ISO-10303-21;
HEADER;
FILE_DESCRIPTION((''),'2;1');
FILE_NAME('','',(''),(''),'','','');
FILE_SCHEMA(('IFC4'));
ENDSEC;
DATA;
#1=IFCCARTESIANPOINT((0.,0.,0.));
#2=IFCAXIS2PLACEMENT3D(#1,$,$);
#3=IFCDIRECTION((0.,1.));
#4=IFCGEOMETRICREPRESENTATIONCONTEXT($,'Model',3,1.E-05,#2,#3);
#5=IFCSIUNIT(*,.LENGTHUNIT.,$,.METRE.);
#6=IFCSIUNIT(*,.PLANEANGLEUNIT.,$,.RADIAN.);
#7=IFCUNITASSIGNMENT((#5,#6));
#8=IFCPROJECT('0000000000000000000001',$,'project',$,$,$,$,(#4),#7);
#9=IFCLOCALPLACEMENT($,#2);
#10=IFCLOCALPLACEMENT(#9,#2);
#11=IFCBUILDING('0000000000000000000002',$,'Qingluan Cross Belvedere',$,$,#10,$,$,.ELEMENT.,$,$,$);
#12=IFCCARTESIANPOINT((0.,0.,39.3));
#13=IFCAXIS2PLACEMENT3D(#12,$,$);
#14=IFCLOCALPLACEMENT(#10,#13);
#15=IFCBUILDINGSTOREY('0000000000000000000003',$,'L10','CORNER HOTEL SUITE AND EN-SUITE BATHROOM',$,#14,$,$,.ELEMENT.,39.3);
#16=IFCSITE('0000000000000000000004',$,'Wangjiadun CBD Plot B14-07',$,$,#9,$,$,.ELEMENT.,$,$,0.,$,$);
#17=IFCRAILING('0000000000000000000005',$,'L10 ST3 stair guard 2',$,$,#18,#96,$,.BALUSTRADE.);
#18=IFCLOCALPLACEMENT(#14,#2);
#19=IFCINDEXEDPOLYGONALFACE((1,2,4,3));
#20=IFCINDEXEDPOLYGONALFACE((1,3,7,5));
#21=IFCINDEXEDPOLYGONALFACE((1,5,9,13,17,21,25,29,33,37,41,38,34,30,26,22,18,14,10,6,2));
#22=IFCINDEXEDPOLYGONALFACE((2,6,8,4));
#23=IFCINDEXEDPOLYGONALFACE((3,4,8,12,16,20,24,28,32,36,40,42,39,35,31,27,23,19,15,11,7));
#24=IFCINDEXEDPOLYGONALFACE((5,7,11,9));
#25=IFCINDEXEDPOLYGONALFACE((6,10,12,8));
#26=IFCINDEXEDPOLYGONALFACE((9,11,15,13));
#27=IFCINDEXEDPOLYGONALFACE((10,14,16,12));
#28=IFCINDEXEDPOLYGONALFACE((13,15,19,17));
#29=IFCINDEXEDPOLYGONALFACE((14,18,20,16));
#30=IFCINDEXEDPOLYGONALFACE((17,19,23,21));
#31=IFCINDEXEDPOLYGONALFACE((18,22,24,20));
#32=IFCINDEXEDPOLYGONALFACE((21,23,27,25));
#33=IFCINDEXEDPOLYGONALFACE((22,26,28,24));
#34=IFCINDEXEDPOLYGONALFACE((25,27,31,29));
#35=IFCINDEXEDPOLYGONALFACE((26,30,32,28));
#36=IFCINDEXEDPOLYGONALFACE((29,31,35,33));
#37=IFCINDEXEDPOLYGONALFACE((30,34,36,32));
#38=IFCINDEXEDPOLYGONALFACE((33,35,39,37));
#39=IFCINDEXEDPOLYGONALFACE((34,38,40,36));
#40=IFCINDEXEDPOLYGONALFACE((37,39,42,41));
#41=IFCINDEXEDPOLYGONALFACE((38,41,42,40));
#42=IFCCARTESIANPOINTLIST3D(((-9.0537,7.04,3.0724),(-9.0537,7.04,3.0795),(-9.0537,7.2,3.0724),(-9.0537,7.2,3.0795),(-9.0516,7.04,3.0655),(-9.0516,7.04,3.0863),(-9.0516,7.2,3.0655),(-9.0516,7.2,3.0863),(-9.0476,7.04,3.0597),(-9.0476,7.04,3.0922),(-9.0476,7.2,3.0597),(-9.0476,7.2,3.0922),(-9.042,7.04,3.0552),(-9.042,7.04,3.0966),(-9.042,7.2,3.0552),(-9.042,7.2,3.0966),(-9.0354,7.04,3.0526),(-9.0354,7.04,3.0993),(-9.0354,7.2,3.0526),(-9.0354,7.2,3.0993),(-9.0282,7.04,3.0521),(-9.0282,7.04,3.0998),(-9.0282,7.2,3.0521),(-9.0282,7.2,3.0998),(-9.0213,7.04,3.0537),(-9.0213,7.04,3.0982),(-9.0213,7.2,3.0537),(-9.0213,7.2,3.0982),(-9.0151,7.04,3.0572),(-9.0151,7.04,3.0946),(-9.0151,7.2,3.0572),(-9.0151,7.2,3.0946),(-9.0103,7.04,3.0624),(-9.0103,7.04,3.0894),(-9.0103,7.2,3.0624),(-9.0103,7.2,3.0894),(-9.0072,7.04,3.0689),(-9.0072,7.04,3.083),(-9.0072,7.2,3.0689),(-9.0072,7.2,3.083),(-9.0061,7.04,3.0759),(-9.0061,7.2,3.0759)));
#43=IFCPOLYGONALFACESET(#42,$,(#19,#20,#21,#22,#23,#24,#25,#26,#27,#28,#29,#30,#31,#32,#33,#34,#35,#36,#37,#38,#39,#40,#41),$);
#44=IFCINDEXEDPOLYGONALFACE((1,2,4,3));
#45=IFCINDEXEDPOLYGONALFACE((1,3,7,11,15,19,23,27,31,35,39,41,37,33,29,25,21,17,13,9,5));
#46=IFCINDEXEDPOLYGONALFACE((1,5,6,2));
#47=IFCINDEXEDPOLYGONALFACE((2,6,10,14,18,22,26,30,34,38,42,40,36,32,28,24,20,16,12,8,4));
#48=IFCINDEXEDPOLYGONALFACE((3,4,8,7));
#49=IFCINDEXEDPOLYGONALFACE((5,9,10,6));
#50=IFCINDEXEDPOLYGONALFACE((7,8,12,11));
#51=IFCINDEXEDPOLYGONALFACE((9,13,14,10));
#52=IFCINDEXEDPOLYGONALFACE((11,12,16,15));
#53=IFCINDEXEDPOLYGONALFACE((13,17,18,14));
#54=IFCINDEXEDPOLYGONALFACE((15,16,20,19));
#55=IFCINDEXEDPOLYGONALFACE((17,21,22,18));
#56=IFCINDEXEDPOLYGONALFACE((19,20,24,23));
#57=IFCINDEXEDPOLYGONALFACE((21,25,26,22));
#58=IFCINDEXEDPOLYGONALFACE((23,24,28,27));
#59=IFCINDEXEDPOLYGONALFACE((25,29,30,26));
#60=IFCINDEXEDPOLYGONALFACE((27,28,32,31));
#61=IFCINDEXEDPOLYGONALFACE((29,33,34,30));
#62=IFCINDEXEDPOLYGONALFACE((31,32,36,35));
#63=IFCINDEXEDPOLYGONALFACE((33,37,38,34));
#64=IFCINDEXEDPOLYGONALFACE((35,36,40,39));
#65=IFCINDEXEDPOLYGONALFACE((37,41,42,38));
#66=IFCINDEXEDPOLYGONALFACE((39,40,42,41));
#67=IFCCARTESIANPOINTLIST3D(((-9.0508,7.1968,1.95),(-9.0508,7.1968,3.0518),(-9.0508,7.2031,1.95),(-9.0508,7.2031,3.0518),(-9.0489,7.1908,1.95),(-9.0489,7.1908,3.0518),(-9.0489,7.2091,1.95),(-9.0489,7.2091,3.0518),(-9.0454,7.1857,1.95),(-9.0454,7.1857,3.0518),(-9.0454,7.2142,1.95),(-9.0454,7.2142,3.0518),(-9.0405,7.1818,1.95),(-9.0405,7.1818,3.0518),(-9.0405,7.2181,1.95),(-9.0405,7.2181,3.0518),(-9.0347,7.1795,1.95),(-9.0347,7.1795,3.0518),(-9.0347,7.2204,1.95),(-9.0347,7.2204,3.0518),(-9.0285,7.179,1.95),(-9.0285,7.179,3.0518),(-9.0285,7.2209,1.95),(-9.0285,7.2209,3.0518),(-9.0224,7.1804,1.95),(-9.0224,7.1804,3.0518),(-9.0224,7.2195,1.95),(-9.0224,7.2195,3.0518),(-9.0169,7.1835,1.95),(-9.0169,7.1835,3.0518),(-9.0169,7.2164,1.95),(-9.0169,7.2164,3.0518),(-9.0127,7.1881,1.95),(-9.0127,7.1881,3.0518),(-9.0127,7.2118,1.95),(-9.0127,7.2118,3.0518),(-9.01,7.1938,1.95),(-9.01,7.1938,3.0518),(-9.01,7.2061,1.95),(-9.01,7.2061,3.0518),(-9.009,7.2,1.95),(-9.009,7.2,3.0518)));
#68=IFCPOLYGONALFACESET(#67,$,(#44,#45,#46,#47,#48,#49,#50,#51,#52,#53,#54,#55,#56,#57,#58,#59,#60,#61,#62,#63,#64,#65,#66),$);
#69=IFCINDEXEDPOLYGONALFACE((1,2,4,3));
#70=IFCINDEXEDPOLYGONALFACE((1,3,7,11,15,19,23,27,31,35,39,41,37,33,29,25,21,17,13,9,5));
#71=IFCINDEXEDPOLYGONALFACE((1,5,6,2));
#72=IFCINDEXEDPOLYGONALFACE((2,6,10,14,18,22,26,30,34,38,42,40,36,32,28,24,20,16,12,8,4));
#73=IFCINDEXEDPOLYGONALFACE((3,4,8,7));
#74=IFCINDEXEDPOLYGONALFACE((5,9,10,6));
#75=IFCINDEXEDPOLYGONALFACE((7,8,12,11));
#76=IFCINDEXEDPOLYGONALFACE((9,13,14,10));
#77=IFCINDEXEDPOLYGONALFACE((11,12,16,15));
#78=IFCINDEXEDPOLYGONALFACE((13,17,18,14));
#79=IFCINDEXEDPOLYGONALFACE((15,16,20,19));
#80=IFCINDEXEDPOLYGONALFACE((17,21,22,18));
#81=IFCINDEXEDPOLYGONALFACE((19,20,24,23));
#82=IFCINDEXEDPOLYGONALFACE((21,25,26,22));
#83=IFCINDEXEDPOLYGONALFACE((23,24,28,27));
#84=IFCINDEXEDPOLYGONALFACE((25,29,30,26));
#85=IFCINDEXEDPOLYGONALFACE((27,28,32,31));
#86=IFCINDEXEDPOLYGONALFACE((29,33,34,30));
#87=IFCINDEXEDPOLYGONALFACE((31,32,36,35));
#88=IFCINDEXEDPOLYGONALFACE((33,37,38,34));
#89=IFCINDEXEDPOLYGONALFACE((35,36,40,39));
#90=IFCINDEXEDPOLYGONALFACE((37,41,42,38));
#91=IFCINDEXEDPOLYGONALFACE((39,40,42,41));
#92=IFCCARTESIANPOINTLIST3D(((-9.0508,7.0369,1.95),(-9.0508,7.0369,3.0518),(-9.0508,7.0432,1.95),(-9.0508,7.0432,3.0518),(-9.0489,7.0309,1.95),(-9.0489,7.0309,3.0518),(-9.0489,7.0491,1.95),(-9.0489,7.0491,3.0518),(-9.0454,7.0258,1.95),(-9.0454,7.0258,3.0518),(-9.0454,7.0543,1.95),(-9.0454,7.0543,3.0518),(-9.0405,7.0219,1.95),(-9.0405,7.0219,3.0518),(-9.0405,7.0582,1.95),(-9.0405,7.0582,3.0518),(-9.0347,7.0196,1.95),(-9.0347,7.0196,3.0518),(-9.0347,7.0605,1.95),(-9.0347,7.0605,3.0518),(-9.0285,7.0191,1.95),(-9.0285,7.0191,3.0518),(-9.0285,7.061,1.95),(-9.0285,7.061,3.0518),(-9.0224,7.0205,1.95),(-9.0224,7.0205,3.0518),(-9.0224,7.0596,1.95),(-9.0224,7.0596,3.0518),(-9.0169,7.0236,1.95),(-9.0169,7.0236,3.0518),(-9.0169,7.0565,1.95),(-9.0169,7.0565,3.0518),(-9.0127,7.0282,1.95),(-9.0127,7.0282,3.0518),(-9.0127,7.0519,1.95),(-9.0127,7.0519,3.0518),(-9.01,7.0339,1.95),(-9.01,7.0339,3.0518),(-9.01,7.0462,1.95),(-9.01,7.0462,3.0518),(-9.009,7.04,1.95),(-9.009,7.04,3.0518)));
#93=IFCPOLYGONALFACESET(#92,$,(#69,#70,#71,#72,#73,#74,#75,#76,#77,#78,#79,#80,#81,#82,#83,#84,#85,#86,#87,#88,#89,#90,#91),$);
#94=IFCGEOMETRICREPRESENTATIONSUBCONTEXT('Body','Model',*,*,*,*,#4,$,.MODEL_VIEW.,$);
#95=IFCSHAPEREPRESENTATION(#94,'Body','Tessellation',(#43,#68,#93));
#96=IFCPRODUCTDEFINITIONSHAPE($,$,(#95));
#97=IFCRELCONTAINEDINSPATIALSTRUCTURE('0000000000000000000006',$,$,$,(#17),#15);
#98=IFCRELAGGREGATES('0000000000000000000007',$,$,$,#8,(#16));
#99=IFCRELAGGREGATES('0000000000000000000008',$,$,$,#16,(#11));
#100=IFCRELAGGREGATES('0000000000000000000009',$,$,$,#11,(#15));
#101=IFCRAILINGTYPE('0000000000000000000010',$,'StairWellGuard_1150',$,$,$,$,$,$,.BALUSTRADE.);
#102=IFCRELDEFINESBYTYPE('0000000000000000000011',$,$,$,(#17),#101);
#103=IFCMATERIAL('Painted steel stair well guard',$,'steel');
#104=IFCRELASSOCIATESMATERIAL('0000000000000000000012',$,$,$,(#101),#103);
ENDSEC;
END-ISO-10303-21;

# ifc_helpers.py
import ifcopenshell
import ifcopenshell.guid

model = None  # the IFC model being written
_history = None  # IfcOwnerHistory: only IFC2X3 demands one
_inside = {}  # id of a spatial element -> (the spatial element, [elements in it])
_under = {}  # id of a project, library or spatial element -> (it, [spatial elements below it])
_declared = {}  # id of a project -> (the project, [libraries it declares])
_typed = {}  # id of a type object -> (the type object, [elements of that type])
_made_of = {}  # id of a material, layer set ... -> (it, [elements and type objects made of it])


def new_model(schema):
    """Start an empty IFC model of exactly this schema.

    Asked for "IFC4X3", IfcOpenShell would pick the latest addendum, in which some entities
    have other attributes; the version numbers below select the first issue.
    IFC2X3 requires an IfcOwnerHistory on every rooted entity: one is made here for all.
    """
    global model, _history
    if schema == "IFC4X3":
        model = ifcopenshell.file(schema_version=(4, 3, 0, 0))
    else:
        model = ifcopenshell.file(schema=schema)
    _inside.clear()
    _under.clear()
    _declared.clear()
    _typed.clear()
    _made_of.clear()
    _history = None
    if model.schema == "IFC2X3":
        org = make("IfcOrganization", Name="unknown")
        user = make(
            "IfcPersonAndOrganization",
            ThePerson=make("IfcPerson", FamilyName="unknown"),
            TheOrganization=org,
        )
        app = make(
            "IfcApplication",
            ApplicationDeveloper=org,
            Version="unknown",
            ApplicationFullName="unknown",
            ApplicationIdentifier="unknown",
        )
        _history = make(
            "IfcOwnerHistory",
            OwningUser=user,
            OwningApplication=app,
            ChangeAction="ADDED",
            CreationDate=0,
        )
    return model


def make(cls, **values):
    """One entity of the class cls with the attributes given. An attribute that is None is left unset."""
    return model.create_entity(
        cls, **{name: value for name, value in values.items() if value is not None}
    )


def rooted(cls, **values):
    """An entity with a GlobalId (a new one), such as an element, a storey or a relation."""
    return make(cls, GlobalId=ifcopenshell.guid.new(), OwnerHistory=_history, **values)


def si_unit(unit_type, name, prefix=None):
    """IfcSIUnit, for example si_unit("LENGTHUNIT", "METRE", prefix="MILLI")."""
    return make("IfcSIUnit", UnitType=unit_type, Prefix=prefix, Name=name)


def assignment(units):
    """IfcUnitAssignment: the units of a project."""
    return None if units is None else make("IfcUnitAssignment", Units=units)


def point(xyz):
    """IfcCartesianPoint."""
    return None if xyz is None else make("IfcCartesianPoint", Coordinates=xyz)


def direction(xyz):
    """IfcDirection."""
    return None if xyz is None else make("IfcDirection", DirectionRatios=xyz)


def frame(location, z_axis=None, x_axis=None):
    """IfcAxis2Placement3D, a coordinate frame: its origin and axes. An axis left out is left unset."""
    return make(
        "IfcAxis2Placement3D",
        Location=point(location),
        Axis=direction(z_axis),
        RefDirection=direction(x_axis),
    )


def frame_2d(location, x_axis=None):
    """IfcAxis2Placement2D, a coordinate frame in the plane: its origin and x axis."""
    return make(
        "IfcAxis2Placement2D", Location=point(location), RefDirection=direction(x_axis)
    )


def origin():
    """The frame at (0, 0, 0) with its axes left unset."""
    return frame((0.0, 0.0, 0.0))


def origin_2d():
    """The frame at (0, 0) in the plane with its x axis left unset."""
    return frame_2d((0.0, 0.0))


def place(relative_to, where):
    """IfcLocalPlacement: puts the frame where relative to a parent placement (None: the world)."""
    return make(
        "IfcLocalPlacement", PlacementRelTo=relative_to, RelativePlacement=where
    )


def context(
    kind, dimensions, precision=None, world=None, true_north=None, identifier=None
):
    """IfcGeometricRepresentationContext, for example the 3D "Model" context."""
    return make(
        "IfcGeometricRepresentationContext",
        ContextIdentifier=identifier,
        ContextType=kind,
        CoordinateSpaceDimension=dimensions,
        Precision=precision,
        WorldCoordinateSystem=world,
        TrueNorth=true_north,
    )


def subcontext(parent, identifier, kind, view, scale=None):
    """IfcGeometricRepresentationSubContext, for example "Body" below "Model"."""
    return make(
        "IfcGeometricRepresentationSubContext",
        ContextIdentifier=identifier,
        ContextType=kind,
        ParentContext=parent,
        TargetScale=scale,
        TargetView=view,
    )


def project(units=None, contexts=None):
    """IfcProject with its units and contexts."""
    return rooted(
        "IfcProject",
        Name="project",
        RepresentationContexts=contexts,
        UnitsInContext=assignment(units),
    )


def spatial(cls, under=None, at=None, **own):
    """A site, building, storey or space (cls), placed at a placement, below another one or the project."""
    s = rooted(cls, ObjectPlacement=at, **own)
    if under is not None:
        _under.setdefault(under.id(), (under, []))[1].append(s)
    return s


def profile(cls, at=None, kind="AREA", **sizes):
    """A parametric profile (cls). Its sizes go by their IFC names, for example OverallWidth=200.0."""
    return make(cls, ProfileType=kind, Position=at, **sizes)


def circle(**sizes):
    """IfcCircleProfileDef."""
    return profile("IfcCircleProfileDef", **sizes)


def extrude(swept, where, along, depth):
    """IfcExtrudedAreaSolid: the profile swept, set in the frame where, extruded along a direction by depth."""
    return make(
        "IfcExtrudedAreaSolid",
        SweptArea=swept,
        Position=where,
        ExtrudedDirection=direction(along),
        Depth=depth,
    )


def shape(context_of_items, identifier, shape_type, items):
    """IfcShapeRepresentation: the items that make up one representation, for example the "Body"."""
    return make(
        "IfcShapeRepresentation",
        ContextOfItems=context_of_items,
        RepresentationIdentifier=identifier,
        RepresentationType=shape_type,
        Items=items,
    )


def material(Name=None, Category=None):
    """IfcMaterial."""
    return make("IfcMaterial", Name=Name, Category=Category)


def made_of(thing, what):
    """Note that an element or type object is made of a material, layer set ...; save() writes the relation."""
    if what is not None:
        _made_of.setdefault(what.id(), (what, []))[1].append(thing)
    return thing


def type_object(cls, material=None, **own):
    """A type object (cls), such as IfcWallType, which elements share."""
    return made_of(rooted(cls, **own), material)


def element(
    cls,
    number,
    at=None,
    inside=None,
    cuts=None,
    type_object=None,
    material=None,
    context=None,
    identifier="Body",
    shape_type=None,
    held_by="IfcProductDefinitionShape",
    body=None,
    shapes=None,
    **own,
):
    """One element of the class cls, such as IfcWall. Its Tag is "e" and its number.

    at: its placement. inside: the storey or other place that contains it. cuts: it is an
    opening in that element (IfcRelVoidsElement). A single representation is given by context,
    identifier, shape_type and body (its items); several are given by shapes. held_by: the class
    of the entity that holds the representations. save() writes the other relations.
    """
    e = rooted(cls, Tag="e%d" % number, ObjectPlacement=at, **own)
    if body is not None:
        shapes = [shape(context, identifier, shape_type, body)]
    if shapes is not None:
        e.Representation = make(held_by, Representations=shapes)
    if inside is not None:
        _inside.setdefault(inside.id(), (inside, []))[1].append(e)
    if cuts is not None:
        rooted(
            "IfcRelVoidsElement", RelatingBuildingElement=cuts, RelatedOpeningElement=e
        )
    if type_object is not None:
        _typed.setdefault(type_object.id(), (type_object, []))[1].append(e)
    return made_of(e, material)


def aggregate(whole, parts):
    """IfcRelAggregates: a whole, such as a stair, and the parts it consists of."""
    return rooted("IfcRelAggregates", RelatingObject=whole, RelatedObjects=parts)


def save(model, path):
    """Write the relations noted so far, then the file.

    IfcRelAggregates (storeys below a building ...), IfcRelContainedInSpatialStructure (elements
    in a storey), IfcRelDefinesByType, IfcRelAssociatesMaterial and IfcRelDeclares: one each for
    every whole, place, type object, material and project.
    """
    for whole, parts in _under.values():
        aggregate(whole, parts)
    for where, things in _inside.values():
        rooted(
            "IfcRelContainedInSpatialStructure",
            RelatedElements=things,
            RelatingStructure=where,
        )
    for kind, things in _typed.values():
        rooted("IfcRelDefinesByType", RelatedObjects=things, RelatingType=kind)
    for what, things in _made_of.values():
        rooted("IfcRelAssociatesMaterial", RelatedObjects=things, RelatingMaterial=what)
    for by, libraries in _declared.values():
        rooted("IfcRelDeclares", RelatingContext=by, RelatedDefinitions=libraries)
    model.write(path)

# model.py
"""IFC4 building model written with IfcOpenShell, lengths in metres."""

from ifc_helpers import new_model, si_unit, direction, frame, origin, origin_2d, place, context, subcontext, project, spatial, circle, extrude, material, type_object, element, save


model = new_model("IFC4")

# Units and contexts
model_context = context("Model", 3, precision=1e-05, world=origin(), true_north=direction((0.0, 1.0)))
body_context = subcontext(model_context, "Body", "Model", "MODEL_VIEW")
ifc_project = project(units=[si_unit("LENGTHUNIT", "METRE"), si_unit("PLANEANGLEUNIT", "RADIAN")], contexts=[model_context])

# Site, building, storey
site_placement = place(None, origin())
site = spatial("IfcSite", under=ifc_project, at=site_placement, Name="Wangjiadun CBD Plot B14-07", CompositionType="ELEMENT", RefElevation=0.0)
building_placement = place(site_placement, origin())
building = spatial("IfcBuilding", under=site, at=building_placement, Name="Qingluan Cross Belvedere", CompositionType="ELEMENT")
storey_placement = place(building_placement, frame((0.0, 0.0, 39.3)))
storey = spatial("IfcBuildingStorey", under=building, at=storey_placement, Name="L10", Description="CORNER HOTEL SUITE AND EN-SUITE BATHROOM", CompositionType="ELEMENT", Elevation=39.3)

# Railing
ifc_material_1 = material(Name="Painted steel stair well guard", Category="steel")
railing_type_1 = type_object("IfcRailingType", Name="StairWellGuard_1150", PredefinedType="BALUSTRADE", material=ifc_material_1)
railing_1_placement = place(storey_placement, frame((-9.03, 7.2, 1.95)))
element("IfcRailing", 1, at=railing_1_placement, inside=storey, type_object=railing_type_1, Name="L10 ST3 stair guard 2", PredefinedType="BALUSTRADE", context=body_context, shape_type="SweptSolid", body=[
    extrude(circle(Radius=0.0239, at=origin_2d()), frame((0.0, 0.0, 1.126), z_axis=(0.0, -1.0, 0.0), x_axis=(1.0, 0.0, 0.0)), (0.0, 0.0, 1.0), 0.1599),
    extrude(circle(Radius=0.021, at=origin_2d()), origin(), (0.0, 0.0, 1.0), 1.1018),
    extrude(circle(Radius=0.021, at=origin_2d()), frame((0.0, -0.1599, 0.0)), (0.0, 0.0, 1.0), 1.1018),
])

save(model, "model.ifc")
